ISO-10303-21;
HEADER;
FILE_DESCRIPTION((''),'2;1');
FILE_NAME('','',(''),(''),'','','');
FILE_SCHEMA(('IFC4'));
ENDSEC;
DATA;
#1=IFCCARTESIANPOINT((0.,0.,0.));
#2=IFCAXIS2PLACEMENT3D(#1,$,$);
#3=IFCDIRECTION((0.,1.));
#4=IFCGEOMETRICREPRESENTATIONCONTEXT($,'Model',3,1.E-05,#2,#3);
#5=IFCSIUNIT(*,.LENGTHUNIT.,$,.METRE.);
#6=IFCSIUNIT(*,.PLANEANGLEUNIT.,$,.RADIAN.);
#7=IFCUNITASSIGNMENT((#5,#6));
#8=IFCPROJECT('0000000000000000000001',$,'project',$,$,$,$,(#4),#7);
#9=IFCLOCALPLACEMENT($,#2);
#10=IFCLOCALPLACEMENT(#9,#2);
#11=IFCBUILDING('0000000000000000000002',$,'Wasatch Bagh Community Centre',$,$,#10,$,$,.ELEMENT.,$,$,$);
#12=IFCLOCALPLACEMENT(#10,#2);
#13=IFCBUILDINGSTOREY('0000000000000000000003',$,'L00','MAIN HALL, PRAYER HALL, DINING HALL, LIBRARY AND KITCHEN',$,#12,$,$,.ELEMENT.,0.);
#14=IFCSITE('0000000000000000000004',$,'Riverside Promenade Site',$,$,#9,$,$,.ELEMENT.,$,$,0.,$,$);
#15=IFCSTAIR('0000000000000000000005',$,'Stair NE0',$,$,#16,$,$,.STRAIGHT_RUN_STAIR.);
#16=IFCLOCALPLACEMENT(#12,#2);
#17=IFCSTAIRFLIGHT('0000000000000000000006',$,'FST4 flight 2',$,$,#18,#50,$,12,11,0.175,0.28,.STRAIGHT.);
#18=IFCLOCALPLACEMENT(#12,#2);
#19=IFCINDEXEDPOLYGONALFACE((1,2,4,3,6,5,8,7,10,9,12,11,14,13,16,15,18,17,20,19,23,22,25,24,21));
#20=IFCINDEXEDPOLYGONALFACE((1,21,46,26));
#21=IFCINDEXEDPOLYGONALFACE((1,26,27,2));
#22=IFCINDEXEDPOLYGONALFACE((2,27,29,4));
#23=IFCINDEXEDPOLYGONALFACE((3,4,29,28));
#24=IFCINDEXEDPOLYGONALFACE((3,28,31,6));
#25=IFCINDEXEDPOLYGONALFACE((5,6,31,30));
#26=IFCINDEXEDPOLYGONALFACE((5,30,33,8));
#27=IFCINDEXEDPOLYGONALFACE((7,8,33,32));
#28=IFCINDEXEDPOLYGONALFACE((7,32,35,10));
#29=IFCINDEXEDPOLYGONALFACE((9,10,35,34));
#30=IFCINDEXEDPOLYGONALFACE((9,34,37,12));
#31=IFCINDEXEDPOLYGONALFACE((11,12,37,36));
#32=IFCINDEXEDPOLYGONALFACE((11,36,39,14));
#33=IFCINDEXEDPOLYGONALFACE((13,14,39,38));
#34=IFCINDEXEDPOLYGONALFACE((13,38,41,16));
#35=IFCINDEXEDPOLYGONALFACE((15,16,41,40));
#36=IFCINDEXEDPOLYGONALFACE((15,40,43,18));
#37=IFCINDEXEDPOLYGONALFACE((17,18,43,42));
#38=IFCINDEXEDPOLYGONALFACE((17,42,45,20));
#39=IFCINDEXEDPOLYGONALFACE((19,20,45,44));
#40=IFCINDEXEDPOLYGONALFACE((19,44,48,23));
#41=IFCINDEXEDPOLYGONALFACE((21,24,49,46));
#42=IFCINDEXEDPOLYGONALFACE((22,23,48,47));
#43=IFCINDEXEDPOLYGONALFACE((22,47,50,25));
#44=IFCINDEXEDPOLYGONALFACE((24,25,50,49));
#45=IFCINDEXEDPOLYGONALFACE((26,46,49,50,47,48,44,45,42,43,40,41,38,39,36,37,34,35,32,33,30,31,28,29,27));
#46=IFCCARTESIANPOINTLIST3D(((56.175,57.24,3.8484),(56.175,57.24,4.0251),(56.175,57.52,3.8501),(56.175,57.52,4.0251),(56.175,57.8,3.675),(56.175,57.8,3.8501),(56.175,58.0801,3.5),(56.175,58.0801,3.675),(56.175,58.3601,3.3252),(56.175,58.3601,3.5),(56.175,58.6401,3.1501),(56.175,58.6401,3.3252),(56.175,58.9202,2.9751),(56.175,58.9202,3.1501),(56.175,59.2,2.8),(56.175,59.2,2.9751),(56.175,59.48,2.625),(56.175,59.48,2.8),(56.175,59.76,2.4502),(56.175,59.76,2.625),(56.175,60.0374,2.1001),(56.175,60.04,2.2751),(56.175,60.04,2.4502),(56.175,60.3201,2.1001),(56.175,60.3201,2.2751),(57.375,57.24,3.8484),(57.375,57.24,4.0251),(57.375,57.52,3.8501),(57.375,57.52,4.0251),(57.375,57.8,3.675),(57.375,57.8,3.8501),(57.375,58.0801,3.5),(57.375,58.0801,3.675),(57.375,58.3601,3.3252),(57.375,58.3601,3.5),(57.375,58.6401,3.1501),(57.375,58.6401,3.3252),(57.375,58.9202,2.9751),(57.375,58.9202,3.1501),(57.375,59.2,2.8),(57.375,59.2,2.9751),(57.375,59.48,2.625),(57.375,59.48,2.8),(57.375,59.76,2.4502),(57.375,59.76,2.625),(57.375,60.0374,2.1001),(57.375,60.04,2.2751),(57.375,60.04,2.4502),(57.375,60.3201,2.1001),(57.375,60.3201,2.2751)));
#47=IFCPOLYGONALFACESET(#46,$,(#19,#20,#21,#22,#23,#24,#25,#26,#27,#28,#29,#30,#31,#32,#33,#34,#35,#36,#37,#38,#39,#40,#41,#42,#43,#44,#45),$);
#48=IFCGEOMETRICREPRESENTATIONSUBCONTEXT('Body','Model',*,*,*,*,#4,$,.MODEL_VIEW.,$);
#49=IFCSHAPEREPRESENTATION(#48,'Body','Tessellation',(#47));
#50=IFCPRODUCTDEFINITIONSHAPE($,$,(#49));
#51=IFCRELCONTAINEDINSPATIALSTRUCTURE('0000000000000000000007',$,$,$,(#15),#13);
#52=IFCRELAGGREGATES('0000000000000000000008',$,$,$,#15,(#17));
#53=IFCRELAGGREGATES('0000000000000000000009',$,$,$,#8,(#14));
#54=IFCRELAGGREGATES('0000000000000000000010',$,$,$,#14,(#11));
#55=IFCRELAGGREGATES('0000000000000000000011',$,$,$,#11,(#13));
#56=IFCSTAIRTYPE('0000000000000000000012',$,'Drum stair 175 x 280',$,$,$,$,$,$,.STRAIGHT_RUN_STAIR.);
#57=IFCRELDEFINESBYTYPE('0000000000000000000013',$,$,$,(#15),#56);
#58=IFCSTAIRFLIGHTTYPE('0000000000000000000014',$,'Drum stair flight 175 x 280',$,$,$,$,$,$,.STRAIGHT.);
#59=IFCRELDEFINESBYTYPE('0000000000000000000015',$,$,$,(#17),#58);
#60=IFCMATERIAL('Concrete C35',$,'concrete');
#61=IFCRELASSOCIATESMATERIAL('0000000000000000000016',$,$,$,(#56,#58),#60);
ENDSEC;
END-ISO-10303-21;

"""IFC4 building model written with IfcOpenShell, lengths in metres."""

from ifc_helpers import new_model, si_unit, direction, frame, origin, place, context, subcontext, project, spatial, polyline, outline, extrude, material, type_object, element, aggregate, save


model = new_model("IFC4")

# Units and contexts
model_context = context("Model", 3, precision=1e-05, world=origin(), true_north=direction((0.0, 1.0)))
body_context = subcontext(model_context, "Body", "Model", "MODEL_VIEW")
ifc_project = project(units=[si_unit("LENGTHUNIT", "METRE"), si_unit("PLANEANGLEUNIT", "RADIAN")], contexts=[model_context])

# Site, building, storey
site_placement = place(None, origin())
site = spatial("IfcSite", under=ifc_project, at=site_placement, Name="Riverside Promenade Site", CompositionType="ELEMENT", RefElevation=0.0)
building_placement = place(site_placement, origin())
building = spatial("IfcBuilding", under=site, at=building_placement, Name="Wasatch Bagh Community Centre", CompositionType="ELEMENT")
storey_placement = place(building_placement, origin())
storey = spatial("IfcBuildingStorey", under=building, at=storey_placement, Name="L00", Description="MAIN HALL, PRAYER HALL, DINING HALL, LIBRARY AND KITCHEN", CompositionType="ELEMENT", Elevation=0.0)

# Shared definitions
ifc_material_1 = material(Name="Concrete C35", Category="concrete")

# Stair, stair flight
stair_type = type_object("IfcStairType", Name="Drum stair 175 x 280", PredefinedType="STRAIGHT_RUN_STAIR", material=ifc_material_1)
stair_placement = place(storey_placement, origin())
stair = element("IfcStair", 1, at=stair_placement, inside=storey, type_object=stair_type, Name="Stair NE0", PredefinedType="STRAIGHT_RUN_STAIR")
stair_flight_type = type_object("IfcStairFlightType", Name="Drum stair flight 175 x 280", PredefinedType="STRAIGHT", material=ifc_material_1)
stair_flight_placement = place(storey_placement, frame((56.7749, 60.3201, 2.1001), z_axis=(0.0, 0.0, 1.0), x_axis=(0.0, -1.0, 0.0)))
stair_flight = element("IfcStairFlight", 2, at=stair_flight_placement, type_object=stair_flight_type, Name="FST4 flight 2", NumberOfRisers=12, NumberOfTreads=11, PredefinedType="STRAIGHT", RiserHeight=0.175, TreadLength=0.28, context=body_context, shape_type="SweptSolid", body=[
    extrude(outline(polyline([(0.0, 0.0), (0.0, 0.175), (0.28, 0.175), (0.28, 0.3501), (0.5601, 0.3501), (0.5601, 0.5249), (0.8401, 0.5249), (0.8401, 0.7), (1.1201, 0.7), (1.1201, 0.875), (1.3999, 0.875), (1.3999, 1.05), (1.6799, 1.05), (1.6799, 1.2251), (1.96, 1.2251), (1.96, 1.3999), (2.24, 1.3999), (2.24, 1.575), (2.52, 1.575), (2.52, 1.75), (2.8, 1.75), (2.8, 1.925), (3.0801, 1.925), (3.0801, 2.1001), (3.0801, 1.7483), (0.2827, 0.0), (0.0, 0.0)])), frame((0.0, 0.6001, 0.0), z_axis=(0.0, -1.0, 0.0), x_axis=(1.0, 0.0, 0.0)), (0.0, 0.0, 1.0), 1.2),
])
aggregate(stair, [stair_flight])

save(model, "model.ifc")
